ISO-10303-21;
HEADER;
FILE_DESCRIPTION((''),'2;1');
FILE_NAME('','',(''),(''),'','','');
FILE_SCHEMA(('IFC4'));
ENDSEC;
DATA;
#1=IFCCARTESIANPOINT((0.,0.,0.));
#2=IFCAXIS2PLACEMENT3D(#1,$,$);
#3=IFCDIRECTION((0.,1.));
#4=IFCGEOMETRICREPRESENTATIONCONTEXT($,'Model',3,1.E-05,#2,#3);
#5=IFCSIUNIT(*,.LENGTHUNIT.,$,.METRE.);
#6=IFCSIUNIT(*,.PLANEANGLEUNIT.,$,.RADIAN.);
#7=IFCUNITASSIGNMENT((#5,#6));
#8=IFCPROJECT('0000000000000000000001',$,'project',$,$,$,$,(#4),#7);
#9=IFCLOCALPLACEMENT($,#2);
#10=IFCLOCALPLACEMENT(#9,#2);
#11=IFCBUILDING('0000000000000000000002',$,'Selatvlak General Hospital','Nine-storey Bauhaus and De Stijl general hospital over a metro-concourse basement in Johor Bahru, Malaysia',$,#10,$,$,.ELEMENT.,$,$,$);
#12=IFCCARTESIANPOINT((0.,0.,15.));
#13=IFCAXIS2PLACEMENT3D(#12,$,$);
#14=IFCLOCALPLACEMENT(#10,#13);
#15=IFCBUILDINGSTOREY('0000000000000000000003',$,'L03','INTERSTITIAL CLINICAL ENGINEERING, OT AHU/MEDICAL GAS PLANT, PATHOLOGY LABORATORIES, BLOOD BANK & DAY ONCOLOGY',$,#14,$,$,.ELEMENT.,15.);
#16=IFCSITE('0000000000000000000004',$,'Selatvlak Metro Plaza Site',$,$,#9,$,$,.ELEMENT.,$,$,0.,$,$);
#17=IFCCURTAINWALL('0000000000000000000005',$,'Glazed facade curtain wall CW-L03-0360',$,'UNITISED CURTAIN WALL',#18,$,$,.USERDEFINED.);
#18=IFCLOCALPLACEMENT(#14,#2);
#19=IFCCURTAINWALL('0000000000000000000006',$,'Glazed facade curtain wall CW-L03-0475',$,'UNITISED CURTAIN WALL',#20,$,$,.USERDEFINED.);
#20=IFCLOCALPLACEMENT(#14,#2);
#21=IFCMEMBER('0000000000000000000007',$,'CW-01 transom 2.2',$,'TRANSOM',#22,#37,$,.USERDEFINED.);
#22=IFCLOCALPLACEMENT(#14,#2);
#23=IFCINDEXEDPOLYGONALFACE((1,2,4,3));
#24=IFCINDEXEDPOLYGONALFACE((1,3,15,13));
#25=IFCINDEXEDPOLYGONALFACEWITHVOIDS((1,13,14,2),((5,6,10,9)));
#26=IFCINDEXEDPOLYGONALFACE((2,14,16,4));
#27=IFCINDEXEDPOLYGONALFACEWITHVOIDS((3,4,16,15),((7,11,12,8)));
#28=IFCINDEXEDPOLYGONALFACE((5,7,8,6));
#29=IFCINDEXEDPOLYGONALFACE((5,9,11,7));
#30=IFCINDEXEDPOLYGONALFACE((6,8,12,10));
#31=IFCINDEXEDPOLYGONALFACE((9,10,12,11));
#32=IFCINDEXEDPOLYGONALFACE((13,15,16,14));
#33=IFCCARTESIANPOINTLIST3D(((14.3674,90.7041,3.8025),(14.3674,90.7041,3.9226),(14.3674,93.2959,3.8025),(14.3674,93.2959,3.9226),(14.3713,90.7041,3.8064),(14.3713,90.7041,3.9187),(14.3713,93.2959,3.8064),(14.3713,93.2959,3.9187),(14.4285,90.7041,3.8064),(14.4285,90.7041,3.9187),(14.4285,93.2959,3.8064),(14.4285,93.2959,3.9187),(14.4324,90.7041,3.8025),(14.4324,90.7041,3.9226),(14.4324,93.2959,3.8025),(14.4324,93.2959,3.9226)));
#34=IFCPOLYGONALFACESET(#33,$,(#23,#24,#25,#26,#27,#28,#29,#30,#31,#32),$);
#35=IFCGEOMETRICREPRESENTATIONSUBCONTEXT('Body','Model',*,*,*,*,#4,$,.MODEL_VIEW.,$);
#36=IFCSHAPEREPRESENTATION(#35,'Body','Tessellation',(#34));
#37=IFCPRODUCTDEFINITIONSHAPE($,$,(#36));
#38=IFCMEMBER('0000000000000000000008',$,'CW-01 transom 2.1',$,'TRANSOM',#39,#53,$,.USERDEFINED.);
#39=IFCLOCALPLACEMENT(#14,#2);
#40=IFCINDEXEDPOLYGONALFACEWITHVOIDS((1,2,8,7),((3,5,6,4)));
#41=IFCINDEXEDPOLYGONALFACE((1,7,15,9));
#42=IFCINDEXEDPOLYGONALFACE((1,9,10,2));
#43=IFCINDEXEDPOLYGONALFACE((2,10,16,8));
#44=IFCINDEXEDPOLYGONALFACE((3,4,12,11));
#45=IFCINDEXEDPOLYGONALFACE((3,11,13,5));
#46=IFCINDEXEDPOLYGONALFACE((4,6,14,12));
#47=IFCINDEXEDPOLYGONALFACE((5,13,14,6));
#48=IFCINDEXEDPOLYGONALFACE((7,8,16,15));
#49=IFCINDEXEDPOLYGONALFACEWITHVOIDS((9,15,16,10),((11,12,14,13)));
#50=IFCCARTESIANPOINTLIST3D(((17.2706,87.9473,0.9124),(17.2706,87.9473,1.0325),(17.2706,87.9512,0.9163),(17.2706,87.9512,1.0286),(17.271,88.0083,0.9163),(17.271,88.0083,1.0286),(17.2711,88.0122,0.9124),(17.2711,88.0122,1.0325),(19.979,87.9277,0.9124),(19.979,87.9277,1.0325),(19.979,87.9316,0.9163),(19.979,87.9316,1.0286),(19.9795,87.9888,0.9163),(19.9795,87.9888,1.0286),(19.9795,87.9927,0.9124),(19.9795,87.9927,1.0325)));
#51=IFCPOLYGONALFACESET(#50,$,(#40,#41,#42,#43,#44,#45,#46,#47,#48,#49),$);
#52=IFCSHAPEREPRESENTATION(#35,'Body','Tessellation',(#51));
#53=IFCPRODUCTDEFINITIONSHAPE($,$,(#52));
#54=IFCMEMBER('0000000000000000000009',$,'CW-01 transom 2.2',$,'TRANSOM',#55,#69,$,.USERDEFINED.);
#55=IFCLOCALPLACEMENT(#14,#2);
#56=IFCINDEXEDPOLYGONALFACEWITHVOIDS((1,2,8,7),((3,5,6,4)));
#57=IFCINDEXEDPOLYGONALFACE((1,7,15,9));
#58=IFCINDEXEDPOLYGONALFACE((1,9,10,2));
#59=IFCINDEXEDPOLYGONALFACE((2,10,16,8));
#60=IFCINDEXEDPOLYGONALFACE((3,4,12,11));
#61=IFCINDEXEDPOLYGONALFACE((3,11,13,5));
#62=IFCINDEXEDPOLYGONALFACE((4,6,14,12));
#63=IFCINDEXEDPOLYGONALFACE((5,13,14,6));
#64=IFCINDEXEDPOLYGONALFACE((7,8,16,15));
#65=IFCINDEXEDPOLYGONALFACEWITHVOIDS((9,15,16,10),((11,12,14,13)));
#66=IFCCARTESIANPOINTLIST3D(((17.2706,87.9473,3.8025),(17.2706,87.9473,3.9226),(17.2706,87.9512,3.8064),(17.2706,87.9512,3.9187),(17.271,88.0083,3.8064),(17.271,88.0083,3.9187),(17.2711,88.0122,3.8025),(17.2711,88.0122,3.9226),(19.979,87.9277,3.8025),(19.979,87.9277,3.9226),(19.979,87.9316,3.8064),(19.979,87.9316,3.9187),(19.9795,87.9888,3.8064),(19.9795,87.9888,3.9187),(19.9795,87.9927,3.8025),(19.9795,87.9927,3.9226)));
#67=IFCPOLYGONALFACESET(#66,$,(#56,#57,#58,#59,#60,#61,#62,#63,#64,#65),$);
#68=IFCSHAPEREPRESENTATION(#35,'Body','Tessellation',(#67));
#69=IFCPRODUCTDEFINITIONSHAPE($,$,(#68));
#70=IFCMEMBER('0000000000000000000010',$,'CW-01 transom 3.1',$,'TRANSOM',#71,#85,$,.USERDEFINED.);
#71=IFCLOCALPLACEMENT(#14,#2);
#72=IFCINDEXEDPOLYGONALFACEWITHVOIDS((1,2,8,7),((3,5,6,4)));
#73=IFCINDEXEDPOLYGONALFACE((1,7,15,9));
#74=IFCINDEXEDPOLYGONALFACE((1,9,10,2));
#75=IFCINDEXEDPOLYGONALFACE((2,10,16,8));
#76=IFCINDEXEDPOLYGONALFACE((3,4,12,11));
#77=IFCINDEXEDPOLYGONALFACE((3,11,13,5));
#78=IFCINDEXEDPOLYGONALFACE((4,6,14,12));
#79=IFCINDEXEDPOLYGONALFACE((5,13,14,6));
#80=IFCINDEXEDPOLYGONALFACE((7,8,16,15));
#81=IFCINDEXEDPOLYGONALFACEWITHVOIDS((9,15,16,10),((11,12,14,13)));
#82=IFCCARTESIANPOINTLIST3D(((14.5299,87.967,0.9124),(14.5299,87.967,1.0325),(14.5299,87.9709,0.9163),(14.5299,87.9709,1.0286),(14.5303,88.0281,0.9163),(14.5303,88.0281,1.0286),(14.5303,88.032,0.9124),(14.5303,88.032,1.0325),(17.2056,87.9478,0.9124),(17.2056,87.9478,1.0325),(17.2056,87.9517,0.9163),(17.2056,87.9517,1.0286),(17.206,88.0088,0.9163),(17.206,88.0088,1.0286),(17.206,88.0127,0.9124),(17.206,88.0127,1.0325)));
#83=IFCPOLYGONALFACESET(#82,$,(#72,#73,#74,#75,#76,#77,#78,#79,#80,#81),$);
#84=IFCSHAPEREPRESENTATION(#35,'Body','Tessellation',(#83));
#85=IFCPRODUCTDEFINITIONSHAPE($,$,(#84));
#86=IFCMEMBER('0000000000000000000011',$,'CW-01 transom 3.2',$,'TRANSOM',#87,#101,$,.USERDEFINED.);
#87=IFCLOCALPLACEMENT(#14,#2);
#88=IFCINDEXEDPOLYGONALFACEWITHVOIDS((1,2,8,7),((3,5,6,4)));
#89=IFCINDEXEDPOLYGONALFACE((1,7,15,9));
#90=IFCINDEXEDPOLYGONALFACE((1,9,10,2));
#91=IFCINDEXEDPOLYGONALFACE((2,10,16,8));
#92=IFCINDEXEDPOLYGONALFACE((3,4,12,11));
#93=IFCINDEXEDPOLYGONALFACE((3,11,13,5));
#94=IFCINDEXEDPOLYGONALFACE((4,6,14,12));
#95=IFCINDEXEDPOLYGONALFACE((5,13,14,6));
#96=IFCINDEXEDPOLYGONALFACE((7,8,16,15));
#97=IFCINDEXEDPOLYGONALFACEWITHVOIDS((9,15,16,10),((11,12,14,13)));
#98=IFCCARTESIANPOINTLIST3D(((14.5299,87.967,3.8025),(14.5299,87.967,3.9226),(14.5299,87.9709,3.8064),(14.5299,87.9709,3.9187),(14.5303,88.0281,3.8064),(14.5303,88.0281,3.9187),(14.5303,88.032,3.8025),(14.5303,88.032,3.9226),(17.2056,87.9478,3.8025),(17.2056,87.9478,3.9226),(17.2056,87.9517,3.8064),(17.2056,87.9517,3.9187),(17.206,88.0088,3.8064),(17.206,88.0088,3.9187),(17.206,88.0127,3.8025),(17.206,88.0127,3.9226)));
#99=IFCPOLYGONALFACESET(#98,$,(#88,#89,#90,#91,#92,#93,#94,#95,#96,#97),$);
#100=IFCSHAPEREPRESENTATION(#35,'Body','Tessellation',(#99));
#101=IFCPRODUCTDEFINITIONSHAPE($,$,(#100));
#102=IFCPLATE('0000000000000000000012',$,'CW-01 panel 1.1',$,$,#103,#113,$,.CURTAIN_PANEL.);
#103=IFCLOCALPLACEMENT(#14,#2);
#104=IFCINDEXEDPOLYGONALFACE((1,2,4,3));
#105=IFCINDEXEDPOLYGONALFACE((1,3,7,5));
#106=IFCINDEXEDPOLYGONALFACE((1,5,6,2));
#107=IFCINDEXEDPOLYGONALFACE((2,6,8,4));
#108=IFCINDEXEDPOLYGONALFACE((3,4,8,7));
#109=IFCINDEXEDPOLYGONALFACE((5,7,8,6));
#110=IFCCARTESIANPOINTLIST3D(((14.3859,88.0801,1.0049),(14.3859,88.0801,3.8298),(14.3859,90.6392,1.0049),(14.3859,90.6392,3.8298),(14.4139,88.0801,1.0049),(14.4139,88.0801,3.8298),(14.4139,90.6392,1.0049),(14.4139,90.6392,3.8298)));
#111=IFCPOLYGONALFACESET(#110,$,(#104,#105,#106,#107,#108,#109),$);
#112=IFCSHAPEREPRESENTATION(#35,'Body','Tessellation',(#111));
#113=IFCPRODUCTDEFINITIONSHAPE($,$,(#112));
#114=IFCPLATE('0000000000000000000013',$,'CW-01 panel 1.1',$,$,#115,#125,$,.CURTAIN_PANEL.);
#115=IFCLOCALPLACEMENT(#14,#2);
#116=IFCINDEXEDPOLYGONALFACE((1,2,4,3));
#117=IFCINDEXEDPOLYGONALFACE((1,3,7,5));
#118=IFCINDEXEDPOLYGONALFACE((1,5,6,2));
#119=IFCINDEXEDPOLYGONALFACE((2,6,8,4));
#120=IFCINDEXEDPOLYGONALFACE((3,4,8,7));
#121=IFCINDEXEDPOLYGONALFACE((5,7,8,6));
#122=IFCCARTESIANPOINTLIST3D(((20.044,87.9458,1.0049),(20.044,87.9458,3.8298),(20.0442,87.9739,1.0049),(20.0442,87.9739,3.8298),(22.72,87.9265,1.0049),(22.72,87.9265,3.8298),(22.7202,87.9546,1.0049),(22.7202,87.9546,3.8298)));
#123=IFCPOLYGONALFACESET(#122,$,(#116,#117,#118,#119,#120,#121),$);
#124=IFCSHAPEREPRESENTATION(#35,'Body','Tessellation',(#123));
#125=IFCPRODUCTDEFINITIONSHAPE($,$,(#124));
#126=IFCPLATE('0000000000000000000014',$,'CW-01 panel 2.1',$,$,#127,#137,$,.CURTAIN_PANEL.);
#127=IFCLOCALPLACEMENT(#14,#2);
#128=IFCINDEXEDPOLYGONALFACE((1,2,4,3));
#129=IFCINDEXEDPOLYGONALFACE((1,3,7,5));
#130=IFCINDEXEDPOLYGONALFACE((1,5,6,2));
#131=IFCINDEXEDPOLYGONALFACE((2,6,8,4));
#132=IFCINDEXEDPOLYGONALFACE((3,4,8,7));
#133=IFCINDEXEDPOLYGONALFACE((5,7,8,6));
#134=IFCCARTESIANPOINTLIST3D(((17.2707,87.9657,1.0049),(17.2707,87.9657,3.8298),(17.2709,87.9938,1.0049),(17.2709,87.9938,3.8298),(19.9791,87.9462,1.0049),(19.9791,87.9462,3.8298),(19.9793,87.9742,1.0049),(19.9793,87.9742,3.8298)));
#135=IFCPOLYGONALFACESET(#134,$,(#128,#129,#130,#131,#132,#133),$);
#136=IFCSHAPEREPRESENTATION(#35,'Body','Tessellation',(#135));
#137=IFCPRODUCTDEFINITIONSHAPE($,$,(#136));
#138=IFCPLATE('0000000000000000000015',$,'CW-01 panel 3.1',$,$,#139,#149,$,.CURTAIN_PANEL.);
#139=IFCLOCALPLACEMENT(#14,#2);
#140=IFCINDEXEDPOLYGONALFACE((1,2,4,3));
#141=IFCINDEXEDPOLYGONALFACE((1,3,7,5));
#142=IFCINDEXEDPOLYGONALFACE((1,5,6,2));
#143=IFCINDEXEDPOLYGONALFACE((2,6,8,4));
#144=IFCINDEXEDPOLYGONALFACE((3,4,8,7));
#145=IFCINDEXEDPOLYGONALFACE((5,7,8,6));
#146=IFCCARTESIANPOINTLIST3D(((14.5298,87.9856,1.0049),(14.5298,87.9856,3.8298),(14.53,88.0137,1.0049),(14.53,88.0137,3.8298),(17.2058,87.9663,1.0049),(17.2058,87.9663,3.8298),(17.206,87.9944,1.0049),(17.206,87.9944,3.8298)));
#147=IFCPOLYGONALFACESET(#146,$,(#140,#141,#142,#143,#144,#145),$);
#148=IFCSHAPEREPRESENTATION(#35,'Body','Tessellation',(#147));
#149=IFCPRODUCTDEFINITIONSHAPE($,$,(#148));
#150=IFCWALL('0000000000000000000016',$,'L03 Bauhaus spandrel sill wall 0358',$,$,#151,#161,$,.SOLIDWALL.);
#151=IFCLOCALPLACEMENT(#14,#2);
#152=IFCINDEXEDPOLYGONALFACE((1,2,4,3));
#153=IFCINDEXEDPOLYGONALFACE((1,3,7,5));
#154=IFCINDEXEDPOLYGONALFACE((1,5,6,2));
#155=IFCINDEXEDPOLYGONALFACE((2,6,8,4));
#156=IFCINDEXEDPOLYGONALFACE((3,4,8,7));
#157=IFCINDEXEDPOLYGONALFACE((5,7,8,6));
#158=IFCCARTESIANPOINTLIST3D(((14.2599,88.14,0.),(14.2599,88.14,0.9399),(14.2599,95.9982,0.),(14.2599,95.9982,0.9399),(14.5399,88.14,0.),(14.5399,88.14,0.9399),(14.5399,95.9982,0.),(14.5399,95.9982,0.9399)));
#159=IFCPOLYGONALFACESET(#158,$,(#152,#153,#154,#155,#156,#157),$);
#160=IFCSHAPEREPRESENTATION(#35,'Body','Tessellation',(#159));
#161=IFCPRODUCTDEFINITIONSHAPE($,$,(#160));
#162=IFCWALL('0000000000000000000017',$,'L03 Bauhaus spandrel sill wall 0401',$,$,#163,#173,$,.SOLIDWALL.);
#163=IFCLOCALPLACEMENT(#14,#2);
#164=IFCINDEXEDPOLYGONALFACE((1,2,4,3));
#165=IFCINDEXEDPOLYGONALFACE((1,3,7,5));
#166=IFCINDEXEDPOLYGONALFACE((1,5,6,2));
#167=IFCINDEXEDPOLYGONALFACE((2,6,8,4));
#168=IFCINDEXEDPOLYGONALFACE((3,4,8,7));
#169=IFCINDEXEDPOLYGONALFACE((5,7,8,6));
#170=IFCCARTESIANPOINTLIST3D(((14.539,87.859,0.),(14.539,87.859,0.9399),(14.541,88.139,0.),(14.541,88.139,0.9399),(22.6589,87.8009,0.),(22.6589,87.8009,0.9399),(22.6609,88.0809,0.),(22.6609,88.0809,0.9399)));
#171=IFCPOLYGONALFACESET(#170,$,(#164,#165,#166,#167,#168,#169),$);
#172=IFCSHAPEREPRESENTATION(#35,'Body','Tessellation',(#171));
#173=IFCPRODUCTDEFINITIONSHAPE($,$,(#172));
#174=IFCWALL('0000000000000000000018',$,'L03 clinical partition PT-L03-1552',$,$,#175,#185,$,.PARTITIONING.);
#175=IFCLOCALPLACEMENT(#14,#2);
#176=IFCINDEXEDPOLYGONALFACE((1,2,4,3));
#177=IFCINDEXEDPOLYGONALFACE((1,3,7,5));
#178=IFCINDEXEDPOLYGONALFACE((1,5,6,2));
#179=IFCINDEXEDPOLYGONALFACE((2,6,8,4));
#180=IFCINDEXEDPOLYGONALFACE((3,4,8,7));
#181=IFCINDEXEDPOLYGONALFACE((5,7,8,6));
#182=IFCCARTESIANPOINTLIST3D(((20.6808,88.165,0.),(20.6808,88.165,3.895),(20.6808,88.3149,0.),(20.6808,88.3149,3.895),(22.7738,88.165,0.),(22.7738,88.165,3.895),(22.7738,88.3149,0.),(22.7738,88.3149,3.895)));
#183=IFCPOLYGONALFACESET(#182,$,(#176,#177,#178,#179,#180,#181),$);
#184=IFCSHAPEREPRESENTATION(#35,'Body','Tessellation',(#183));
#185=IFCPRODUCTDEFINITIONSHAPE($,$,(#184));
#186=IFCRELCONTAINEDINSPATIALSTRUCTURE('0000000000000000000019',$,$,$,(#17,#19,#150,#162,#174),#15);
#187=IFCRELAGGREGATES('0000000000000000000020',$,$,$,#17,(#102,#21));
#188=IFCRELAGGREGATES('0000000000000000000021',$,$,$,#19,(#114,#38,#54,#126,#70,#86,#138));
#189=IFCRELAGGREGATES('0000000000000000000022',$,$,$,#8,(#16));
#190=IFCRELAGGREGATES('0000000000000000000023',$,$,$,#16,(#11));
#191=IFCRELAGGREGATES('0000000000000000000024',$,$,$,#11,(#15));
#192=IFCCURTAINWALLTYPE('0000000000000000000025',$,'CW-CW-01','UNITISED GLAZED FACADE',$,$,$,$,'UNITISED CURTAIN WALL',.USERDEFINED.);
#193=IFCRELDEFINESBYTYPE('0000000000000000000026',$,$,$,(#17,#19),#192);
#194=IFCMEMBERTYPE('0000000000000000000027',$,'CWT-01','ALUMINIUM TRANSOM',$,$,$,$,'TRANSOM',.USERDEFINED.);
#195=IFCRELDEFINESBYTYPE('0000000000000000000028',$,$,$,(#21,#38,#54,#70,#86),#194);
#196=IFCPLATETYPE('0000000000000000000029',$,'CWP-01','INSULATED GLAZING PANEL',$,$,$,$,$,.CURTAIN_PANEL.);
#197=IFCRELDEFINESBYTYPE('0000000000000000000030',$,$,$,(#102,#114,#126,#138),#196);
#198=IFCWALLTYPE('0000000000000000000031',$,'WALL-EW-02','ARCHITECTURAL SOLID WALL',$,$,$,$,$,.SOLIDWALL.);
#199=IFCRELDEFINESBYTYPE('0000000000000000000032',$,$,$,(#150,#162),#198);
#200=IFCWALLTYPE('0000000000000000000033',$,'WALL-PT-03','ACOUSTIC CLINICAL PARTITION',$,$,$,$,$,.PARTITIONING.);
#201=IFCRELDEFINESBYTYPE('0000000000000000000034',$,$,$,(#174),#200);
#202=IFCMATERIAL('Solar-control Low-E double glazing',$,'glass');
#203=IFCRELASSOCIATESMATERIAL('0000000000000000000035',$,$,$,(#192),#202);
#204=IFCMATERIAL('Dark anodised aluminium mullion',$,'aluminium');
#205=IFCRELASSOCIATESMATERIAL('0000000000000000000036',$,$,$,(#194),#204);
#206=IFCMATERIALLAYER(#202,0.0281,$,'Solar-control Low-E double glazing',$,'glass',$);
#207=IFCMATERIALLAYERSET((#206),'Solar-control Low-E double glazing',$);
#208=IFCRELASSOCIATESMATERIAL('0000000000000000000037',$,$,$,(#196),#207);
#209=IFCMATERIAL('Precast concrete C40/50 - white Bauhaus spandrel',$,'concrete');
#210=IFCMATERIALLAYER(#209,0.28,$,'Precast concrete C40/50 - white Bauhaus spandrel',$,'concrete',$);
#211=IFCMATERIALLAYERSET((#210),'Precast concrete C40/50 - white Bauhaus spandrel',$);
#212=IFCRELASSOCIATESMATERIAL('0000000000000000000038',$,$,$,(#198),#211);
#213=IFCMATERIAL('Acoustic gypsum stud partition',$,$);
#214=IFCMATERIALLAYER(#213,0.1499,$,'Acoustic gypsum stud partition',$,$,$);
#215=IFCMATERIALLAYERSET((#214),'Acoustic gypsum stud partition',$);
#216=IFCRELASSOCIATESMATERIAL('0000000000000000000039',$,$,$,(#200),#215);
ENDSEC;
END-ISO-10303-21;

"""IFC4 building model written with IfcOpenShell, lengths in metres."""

from ifc_helpers import new_model, si_unit, direction, frame, frame_2d, origin, origin_2d, place, context, subcontext, project, spatial, rectangle, hollow_rectangle, extrude, material, layer, layer_set, material_profile, profile_set, type_object, element, aggregate, save


model = new_model("IFC4")

# Units and contexts
model_context = context("Model", 3, precision=1e-05, world=origin(), true_north=direction((0.0, 1.0)))
body_context = subcontext(model_context, "Body", "Model", "MODEL_VIEW")
ifc_project = project(units=[si_unit("LENGTHUNIT", "METRE"), si_unit("PLANEANGLEUNIT", "RADIAN")], contexts=[model_context])

# Site, building, storey
site_placement = place(None, origin())
site = spatial("IfcSite", under=ifc_project, at=site_placement, Name="Selatvlak Metro Plaza Site", CompositionType="ELEMENT", RefElevation=0.0)
building_placement = place(site_placement, origin())
building = spatial("IfcBuilding", under=site, at=building_placement, Name="Selatvlak General Hospital", Description="Nine-storey Bauhaus and De Stijl general hospital over a metro-concourse basement in Johor Bahru, Malaysia", CompositionType="ELEMENT")
storey_placement = place(building_placement, frame((0.0, 0.0, 15.0)))
storey = spatial("IfcBuildingStorey", under=building, at=storey_placement, Name="L03", Description="INTERSTITIAL CLINICAL ENGINEERING, OT AHU/MEDICAL GAS PLANT, PATHOLOGY LABORATORIES, BLOOD BANK & DAY ONCOLOGY", CompositionType="ELEMENT", Elevation=15.0)

# Curtain walls
ifc_material_1 = material(Name="Solar-control Low-E double glazing", Category="glass")
curtain_wall_type = type_object("IfcCurtainWallType", Name="CW-CW-01", Description="UNITISED GLAZED FACADE", ElementType="UNITISED CURTAIN WALL", PredefinedType="USERDEFINED", material=ifc_material_1)
curtain_wall_1_placement = place(storey_placement, origin())
curtain_wall_1 = element("IfcCurtainWall", 1, at=curtain_wall_1_placement, inside=storey, type_object=curtain_wall_type, Name="Glazed facade curtain wall CW-L03-0360", ObjectType="UNITISED CURTAIN WALL", PredefinedType="USERDEFINED")
ifc_material_2 = material(Name="Dark anodised aluminium mullion", Category="aluminium")
curtain_wall_2_placement = place(storey_placement, origin())
curtain_wall_2 = element("IfcCurtainWall", 2, at=curtain_wall_2_placement, inside=storey, type_object=curtain_wall_type, Name="Glazed facade curtain wall CW-L03-0475", ObjectType="UNITISED CURTAIN WALL", PredefinedType="USERDEFINED")

# Members
ifc_material_profile_1 = material_profile(ifc_material_2, hollow_rectangle(XDim=0.0649, YDim=0.1201, WallThickness=0.0039, at=origin_2d()), Name="AL-TRN 65x120x4")
ifc_profile_set_1 = profile_set([ifc_material_profile_1], Name="Dark anodised aluminium mullion")
member_type_1 = type_object("IfcMemberType", Name="CWT-01", Description="ALUMINIUM TRANSOM", ElementType="TRANSOM", PredefinedType="USERDEFINED", material=ifc_profile_set_1)
member_1_placement = place(storey_placement, frame((14.3999, 90.7041, 3.8625), z_axis=(0.0, 1.0, 0.0), x_axis=(-1.0, 0.0, 0.0)))
member_1 = element("IfcMember", 3, at=member_1_placement, type_object=member_type_1, Name="CW-01 transom 2.2", ObjectType="TRANSOM", PredefinedType="USERDEFINED", context=body_context, shape_type="SweptSolid", body=[
    extrude(hollow_rectangle(XDim=0.0649, YDim=0.1201, WallThickness=0.0039, at=origin_2d()), origin(), (0.0, 0.0, 1.0), 2.5918),
])
member_2_placement = place(storey_placement, frame((19.9792, 87.9602, 0.9724), z_axis=(-0.999974, 0.007211, 0.0), x_axis=(-0.007211, -0.999974, 0.0)))
member_2 = element("IfcMember", 4, at=member_2_placement, type_object=member_type_1, Name="CW-01 transom 2.1", ObjectType="TRANSOM", PredefinedType="USERDEFINED", context=body_context, shape_type="SweptSolid", body=[
    extrude(hollow_rectangle(XDim=0.0649, YDim=0.1201, WallThickness=0.0039, at=origin_2d()), origin(), (0.0, 0.0, 1.0), 2.7085),
])
member_3_placement = place(storey_placement, frame((19.9792, 87.9602, 3.8625), z_axis=(-0.999974, 0.007211, 0.0), x_axis=(-0.007211, -0.999974, 0.0)))
member_3 = element("IfcMember", 5, at=member_3_placement, type_object=member_type_1, Name="CW-01 transom 2.2", ObjectType="TRANSOM", PredefinedType="USERDEFINED", context=body_context, shape_type="SweptSolid", body=[
    extrude(hollow_rectangle(XDim=0.0649, YDim=0.1201, WallThickness=0.0039, at=origin_2d()), origin(), (0.0, 0.0, 1.0), 2.7085),
])
member_4_placement = place(storey_placement, frame((17.2058, 87.9802, 0.9724), z_axis=(-0.999974, 0.007208, 0.0), x_axis=(-0.007208, -0.999974, 0.0)))
member_4 = element("IfcMember", 6, at=member_4_placement, type_object=member_type_1, Name="CW-01 transom 3.1", ObjectType="TRANSOM", PredefinedType="USERDEFINED", context=body_context, shape_type="SweptSolid", body=[
    extrude(hollow_rectangle(XDim=0.0649, YDim=0.1201, WallThickness=0.0039, at=origin_2d()), origin(), (0.0, 0.0, 1.0), 2.6758),
])
member_5_placement = place(storey_placement, frame((17.2058, 87.9802, 3.8625), z_axis=(-0.999974, 0.007208, 0.0), x_axis=(-0.007208, -0.999974, 0.0)))
member_5 = element("IfcMember", 7, at=member_5_placement, type_object=member_type_1, Name="CW-01 transom 3.2", ObjectType="TRANSOM", PredefinedType="USERDEFINED", context=body_context, shape_type="SweptSolid", body=[
    extrude(hollow_rectangle(XDim=0.0649, YDim=0.1201, WallThickness=0.0039, at=origin_2d()), origin(), (0.0, 0.0, 1.0), 2.6758),
])

# Plates
ifc_layer_1 = layer(ifc_material_1, 0.0281, Name="Solar-control Low-E double glazing", Category="glass")
ifc_layer_set_1 = layer_set([ifc_layer_1], Name="Solar-control Low-E double glazing")
plate_type = type_object("IfcPlateType", Name="CWP-01", Description="INSULATED GLAZING PANEL", PredefinedType="CURTAIN_PANEL", material=ifc_layer_set_1)
plate_1_placement = place(storey_placement, frame((14.3999, 89.3596, 1.0049), z_axis=(0.0, 0.0, 1.0), x_axis=(0.0, 1.0, 0.0)))
plate_1 = element("IfcPlate", 8, at=plate_1_placement, type_object=plate_type, Name="CW-01 panel 1.1", PredefinedType="CURTAIN_PANEL", context=body_context, shape_type="SweptSolid", body=[
    extrude(rectangle(XDim=2.5591, YDim=0.0281, at=origin_2d()), origin(), (0.0, 0.0, 1.0), 2.825),
])
aggregate(curtain_wall_1, [plate_1, member_1])
plate_2_placement = place(storey_placement, frame((21.3821, 87.9502, 1.0049), z_axis=(0.0, 0.0, 1.0), x_axis=(-0.999974, 0.007211, 0.0)))
plate_2 = element("IfcPlate", 9, at=plate_2_placement, type_object=plate_type, Name="CW-01 panel 1.1", PredefinedType="CURTAIN_PANEL", context=body_context, shape_type="SweptSolid", body=[
    extrude(rectangle(XDim=2.676, YDim=0.0281, at=origin_2d()), origin(), (0.0, 0.0, 1.0), 2.825),
])
plate_3_placement = place(storey_placement, frame((18.625, 87.97, 1.0049), z_axis=(0.0, 0.0, 1.0), x_axis=(-0.999974, 0.007211, 0.0)))
plate_3 = element("IfcPlate", 10, at=plate_3_placement, type_object=plate_type, Name="CW-01 panel 2.1", PredefinedType="CURTAIN_PANEL", context=body_context, shape_type="SweptSolid", body=[
    extrude(rectangle(XDim=2.7085, YDim=0.0281, at=origin_2d()), origin(), (0.0, 0.0, 1.0), 2.825),
])
plate_4_placement = place(storey_placement, frame((15.8679, 87.99, 1.0049), z_axis=(0.0, 0.0, 1.0), x_axis=(-0.999974, 0.007211, 0.0)))
plate_4 = element("IfcPlate", 11, at=plate_4_placement, type_object=plate_type, Name="CW-01 panel 3.1", PredefinedType="CURTAIN_PANEL", context=body_context, shape_type="SweptSolid", body=[
    extrude(rectangle(XDim=2.676, YDim=0.0281, at=origin_2d()), origin(), (0.0, 0.0, 1.0), 2.825),
])
aggregate(curtain_wall_2, [plate_2, member_2, member_3, plate_3, member_4, member_5, plate_4])

# Walls
ifc_material_3 = material(Name="Precast concrete C40/50 - white Bauhaus spandrel", Category="concrete")
ifc_layer_2 = layer(ifc_material_3, 0.28, Name="Precast concrete C40/50 - white Bauhaus spandrel", Category="concrete")
ifc_layer_set_2 = layer_set([ifc_layer_2], Name="Precast concrete C40/50 - white Bauhaus spandrel")
wall_type_1 = type_object("IfcWallType", Name="WALL-EW-02", Description="ARCHITECTURAL SOLID WALL", PredefinedType="SOLIDWALL", material=ifc_layer_set_2)
wall_1_placement = place(storey_placement, frame((14.3999, 88.1399, 0.0), z_axis=(0.0, 0.0, 1.0), x_axis=(0.0, 1.0, 0.0)))
element("IfcWall", 12, at=wall_1_placement, inside=storey, type_object=wall_type_1, Name="L03 Bauhaus spandrel sill wall 0358", PredefinedType="SOLIDWALL", context=body_context, shape_type="SweptSolid", body=[
    extrude(rectangle(XDim=7.8582, YDim=0.28, at=frame_2d((3.9292, 0.0))), origin(), (0.0, 0.0, 1.0), 0.9399),
])
wall_2_placement = place(storey_placement, frame((22.6599, 87.9409, 0.0), z_axis=(0.0, 0.0, 1.0), x_axis=(-0.999974, 0.007156, 0.0)))
element("IfcWall", 13, at=wall_2_placement, inside=storey, type_object=wall_type_1, Name="L03 Bauhaus spandrel sill wall 0401", PredefinedType="SOLIDWALL", context=body_context, shape_type="SweptSolid", body=[
    extrude(rectangle(XDim=8.1201, YDim=0.28, at=frame_2d((4.0601, 0.0))), origin(), (0.0, 0.0, 1.0), 0.9399),
])
ifc_material_4 = material(Name="Acoustic gypsum stud partition")
ifc_layer_3 = layer(ifc_material_4, 0.1499, Name="Acoustic gypsum stud partition")
ifc_layer_set_3 = layer_set([ifc_layer_3], Name="Acoustic gypsum stud partition")
wall_type_2 = type_object("IfcWallType", Name="WALL-PT-03", Description="ACOUSTIC CLINICAL PARTITION", PredefinedType="PARTITIONING", material=ifc_layer_set_3)
wall_3_placement = place(storey_placement, frame((20.6809, 88.24, 0.0), z_axis=(0.0, 0.0, 1.0), x_axis=(1.0, 0.0, 0.0)))
element("IfcWall", 14, at=wall_3_placement, inside=storey, type_object=wall_type_2, Name="L03 clinical partition PT-L03-1552", PredefinedType="PARTITIONING", context=body_context, shape_type="SweptSolid", body=[
    extrude(rectangle(XDim=2.093, YDim=0.1499, at=frame_2d((1.0464, 0.0))), origin(), (0.0, 0.0, 1.0), 3.895),
])

save(model, "model.ifc")
